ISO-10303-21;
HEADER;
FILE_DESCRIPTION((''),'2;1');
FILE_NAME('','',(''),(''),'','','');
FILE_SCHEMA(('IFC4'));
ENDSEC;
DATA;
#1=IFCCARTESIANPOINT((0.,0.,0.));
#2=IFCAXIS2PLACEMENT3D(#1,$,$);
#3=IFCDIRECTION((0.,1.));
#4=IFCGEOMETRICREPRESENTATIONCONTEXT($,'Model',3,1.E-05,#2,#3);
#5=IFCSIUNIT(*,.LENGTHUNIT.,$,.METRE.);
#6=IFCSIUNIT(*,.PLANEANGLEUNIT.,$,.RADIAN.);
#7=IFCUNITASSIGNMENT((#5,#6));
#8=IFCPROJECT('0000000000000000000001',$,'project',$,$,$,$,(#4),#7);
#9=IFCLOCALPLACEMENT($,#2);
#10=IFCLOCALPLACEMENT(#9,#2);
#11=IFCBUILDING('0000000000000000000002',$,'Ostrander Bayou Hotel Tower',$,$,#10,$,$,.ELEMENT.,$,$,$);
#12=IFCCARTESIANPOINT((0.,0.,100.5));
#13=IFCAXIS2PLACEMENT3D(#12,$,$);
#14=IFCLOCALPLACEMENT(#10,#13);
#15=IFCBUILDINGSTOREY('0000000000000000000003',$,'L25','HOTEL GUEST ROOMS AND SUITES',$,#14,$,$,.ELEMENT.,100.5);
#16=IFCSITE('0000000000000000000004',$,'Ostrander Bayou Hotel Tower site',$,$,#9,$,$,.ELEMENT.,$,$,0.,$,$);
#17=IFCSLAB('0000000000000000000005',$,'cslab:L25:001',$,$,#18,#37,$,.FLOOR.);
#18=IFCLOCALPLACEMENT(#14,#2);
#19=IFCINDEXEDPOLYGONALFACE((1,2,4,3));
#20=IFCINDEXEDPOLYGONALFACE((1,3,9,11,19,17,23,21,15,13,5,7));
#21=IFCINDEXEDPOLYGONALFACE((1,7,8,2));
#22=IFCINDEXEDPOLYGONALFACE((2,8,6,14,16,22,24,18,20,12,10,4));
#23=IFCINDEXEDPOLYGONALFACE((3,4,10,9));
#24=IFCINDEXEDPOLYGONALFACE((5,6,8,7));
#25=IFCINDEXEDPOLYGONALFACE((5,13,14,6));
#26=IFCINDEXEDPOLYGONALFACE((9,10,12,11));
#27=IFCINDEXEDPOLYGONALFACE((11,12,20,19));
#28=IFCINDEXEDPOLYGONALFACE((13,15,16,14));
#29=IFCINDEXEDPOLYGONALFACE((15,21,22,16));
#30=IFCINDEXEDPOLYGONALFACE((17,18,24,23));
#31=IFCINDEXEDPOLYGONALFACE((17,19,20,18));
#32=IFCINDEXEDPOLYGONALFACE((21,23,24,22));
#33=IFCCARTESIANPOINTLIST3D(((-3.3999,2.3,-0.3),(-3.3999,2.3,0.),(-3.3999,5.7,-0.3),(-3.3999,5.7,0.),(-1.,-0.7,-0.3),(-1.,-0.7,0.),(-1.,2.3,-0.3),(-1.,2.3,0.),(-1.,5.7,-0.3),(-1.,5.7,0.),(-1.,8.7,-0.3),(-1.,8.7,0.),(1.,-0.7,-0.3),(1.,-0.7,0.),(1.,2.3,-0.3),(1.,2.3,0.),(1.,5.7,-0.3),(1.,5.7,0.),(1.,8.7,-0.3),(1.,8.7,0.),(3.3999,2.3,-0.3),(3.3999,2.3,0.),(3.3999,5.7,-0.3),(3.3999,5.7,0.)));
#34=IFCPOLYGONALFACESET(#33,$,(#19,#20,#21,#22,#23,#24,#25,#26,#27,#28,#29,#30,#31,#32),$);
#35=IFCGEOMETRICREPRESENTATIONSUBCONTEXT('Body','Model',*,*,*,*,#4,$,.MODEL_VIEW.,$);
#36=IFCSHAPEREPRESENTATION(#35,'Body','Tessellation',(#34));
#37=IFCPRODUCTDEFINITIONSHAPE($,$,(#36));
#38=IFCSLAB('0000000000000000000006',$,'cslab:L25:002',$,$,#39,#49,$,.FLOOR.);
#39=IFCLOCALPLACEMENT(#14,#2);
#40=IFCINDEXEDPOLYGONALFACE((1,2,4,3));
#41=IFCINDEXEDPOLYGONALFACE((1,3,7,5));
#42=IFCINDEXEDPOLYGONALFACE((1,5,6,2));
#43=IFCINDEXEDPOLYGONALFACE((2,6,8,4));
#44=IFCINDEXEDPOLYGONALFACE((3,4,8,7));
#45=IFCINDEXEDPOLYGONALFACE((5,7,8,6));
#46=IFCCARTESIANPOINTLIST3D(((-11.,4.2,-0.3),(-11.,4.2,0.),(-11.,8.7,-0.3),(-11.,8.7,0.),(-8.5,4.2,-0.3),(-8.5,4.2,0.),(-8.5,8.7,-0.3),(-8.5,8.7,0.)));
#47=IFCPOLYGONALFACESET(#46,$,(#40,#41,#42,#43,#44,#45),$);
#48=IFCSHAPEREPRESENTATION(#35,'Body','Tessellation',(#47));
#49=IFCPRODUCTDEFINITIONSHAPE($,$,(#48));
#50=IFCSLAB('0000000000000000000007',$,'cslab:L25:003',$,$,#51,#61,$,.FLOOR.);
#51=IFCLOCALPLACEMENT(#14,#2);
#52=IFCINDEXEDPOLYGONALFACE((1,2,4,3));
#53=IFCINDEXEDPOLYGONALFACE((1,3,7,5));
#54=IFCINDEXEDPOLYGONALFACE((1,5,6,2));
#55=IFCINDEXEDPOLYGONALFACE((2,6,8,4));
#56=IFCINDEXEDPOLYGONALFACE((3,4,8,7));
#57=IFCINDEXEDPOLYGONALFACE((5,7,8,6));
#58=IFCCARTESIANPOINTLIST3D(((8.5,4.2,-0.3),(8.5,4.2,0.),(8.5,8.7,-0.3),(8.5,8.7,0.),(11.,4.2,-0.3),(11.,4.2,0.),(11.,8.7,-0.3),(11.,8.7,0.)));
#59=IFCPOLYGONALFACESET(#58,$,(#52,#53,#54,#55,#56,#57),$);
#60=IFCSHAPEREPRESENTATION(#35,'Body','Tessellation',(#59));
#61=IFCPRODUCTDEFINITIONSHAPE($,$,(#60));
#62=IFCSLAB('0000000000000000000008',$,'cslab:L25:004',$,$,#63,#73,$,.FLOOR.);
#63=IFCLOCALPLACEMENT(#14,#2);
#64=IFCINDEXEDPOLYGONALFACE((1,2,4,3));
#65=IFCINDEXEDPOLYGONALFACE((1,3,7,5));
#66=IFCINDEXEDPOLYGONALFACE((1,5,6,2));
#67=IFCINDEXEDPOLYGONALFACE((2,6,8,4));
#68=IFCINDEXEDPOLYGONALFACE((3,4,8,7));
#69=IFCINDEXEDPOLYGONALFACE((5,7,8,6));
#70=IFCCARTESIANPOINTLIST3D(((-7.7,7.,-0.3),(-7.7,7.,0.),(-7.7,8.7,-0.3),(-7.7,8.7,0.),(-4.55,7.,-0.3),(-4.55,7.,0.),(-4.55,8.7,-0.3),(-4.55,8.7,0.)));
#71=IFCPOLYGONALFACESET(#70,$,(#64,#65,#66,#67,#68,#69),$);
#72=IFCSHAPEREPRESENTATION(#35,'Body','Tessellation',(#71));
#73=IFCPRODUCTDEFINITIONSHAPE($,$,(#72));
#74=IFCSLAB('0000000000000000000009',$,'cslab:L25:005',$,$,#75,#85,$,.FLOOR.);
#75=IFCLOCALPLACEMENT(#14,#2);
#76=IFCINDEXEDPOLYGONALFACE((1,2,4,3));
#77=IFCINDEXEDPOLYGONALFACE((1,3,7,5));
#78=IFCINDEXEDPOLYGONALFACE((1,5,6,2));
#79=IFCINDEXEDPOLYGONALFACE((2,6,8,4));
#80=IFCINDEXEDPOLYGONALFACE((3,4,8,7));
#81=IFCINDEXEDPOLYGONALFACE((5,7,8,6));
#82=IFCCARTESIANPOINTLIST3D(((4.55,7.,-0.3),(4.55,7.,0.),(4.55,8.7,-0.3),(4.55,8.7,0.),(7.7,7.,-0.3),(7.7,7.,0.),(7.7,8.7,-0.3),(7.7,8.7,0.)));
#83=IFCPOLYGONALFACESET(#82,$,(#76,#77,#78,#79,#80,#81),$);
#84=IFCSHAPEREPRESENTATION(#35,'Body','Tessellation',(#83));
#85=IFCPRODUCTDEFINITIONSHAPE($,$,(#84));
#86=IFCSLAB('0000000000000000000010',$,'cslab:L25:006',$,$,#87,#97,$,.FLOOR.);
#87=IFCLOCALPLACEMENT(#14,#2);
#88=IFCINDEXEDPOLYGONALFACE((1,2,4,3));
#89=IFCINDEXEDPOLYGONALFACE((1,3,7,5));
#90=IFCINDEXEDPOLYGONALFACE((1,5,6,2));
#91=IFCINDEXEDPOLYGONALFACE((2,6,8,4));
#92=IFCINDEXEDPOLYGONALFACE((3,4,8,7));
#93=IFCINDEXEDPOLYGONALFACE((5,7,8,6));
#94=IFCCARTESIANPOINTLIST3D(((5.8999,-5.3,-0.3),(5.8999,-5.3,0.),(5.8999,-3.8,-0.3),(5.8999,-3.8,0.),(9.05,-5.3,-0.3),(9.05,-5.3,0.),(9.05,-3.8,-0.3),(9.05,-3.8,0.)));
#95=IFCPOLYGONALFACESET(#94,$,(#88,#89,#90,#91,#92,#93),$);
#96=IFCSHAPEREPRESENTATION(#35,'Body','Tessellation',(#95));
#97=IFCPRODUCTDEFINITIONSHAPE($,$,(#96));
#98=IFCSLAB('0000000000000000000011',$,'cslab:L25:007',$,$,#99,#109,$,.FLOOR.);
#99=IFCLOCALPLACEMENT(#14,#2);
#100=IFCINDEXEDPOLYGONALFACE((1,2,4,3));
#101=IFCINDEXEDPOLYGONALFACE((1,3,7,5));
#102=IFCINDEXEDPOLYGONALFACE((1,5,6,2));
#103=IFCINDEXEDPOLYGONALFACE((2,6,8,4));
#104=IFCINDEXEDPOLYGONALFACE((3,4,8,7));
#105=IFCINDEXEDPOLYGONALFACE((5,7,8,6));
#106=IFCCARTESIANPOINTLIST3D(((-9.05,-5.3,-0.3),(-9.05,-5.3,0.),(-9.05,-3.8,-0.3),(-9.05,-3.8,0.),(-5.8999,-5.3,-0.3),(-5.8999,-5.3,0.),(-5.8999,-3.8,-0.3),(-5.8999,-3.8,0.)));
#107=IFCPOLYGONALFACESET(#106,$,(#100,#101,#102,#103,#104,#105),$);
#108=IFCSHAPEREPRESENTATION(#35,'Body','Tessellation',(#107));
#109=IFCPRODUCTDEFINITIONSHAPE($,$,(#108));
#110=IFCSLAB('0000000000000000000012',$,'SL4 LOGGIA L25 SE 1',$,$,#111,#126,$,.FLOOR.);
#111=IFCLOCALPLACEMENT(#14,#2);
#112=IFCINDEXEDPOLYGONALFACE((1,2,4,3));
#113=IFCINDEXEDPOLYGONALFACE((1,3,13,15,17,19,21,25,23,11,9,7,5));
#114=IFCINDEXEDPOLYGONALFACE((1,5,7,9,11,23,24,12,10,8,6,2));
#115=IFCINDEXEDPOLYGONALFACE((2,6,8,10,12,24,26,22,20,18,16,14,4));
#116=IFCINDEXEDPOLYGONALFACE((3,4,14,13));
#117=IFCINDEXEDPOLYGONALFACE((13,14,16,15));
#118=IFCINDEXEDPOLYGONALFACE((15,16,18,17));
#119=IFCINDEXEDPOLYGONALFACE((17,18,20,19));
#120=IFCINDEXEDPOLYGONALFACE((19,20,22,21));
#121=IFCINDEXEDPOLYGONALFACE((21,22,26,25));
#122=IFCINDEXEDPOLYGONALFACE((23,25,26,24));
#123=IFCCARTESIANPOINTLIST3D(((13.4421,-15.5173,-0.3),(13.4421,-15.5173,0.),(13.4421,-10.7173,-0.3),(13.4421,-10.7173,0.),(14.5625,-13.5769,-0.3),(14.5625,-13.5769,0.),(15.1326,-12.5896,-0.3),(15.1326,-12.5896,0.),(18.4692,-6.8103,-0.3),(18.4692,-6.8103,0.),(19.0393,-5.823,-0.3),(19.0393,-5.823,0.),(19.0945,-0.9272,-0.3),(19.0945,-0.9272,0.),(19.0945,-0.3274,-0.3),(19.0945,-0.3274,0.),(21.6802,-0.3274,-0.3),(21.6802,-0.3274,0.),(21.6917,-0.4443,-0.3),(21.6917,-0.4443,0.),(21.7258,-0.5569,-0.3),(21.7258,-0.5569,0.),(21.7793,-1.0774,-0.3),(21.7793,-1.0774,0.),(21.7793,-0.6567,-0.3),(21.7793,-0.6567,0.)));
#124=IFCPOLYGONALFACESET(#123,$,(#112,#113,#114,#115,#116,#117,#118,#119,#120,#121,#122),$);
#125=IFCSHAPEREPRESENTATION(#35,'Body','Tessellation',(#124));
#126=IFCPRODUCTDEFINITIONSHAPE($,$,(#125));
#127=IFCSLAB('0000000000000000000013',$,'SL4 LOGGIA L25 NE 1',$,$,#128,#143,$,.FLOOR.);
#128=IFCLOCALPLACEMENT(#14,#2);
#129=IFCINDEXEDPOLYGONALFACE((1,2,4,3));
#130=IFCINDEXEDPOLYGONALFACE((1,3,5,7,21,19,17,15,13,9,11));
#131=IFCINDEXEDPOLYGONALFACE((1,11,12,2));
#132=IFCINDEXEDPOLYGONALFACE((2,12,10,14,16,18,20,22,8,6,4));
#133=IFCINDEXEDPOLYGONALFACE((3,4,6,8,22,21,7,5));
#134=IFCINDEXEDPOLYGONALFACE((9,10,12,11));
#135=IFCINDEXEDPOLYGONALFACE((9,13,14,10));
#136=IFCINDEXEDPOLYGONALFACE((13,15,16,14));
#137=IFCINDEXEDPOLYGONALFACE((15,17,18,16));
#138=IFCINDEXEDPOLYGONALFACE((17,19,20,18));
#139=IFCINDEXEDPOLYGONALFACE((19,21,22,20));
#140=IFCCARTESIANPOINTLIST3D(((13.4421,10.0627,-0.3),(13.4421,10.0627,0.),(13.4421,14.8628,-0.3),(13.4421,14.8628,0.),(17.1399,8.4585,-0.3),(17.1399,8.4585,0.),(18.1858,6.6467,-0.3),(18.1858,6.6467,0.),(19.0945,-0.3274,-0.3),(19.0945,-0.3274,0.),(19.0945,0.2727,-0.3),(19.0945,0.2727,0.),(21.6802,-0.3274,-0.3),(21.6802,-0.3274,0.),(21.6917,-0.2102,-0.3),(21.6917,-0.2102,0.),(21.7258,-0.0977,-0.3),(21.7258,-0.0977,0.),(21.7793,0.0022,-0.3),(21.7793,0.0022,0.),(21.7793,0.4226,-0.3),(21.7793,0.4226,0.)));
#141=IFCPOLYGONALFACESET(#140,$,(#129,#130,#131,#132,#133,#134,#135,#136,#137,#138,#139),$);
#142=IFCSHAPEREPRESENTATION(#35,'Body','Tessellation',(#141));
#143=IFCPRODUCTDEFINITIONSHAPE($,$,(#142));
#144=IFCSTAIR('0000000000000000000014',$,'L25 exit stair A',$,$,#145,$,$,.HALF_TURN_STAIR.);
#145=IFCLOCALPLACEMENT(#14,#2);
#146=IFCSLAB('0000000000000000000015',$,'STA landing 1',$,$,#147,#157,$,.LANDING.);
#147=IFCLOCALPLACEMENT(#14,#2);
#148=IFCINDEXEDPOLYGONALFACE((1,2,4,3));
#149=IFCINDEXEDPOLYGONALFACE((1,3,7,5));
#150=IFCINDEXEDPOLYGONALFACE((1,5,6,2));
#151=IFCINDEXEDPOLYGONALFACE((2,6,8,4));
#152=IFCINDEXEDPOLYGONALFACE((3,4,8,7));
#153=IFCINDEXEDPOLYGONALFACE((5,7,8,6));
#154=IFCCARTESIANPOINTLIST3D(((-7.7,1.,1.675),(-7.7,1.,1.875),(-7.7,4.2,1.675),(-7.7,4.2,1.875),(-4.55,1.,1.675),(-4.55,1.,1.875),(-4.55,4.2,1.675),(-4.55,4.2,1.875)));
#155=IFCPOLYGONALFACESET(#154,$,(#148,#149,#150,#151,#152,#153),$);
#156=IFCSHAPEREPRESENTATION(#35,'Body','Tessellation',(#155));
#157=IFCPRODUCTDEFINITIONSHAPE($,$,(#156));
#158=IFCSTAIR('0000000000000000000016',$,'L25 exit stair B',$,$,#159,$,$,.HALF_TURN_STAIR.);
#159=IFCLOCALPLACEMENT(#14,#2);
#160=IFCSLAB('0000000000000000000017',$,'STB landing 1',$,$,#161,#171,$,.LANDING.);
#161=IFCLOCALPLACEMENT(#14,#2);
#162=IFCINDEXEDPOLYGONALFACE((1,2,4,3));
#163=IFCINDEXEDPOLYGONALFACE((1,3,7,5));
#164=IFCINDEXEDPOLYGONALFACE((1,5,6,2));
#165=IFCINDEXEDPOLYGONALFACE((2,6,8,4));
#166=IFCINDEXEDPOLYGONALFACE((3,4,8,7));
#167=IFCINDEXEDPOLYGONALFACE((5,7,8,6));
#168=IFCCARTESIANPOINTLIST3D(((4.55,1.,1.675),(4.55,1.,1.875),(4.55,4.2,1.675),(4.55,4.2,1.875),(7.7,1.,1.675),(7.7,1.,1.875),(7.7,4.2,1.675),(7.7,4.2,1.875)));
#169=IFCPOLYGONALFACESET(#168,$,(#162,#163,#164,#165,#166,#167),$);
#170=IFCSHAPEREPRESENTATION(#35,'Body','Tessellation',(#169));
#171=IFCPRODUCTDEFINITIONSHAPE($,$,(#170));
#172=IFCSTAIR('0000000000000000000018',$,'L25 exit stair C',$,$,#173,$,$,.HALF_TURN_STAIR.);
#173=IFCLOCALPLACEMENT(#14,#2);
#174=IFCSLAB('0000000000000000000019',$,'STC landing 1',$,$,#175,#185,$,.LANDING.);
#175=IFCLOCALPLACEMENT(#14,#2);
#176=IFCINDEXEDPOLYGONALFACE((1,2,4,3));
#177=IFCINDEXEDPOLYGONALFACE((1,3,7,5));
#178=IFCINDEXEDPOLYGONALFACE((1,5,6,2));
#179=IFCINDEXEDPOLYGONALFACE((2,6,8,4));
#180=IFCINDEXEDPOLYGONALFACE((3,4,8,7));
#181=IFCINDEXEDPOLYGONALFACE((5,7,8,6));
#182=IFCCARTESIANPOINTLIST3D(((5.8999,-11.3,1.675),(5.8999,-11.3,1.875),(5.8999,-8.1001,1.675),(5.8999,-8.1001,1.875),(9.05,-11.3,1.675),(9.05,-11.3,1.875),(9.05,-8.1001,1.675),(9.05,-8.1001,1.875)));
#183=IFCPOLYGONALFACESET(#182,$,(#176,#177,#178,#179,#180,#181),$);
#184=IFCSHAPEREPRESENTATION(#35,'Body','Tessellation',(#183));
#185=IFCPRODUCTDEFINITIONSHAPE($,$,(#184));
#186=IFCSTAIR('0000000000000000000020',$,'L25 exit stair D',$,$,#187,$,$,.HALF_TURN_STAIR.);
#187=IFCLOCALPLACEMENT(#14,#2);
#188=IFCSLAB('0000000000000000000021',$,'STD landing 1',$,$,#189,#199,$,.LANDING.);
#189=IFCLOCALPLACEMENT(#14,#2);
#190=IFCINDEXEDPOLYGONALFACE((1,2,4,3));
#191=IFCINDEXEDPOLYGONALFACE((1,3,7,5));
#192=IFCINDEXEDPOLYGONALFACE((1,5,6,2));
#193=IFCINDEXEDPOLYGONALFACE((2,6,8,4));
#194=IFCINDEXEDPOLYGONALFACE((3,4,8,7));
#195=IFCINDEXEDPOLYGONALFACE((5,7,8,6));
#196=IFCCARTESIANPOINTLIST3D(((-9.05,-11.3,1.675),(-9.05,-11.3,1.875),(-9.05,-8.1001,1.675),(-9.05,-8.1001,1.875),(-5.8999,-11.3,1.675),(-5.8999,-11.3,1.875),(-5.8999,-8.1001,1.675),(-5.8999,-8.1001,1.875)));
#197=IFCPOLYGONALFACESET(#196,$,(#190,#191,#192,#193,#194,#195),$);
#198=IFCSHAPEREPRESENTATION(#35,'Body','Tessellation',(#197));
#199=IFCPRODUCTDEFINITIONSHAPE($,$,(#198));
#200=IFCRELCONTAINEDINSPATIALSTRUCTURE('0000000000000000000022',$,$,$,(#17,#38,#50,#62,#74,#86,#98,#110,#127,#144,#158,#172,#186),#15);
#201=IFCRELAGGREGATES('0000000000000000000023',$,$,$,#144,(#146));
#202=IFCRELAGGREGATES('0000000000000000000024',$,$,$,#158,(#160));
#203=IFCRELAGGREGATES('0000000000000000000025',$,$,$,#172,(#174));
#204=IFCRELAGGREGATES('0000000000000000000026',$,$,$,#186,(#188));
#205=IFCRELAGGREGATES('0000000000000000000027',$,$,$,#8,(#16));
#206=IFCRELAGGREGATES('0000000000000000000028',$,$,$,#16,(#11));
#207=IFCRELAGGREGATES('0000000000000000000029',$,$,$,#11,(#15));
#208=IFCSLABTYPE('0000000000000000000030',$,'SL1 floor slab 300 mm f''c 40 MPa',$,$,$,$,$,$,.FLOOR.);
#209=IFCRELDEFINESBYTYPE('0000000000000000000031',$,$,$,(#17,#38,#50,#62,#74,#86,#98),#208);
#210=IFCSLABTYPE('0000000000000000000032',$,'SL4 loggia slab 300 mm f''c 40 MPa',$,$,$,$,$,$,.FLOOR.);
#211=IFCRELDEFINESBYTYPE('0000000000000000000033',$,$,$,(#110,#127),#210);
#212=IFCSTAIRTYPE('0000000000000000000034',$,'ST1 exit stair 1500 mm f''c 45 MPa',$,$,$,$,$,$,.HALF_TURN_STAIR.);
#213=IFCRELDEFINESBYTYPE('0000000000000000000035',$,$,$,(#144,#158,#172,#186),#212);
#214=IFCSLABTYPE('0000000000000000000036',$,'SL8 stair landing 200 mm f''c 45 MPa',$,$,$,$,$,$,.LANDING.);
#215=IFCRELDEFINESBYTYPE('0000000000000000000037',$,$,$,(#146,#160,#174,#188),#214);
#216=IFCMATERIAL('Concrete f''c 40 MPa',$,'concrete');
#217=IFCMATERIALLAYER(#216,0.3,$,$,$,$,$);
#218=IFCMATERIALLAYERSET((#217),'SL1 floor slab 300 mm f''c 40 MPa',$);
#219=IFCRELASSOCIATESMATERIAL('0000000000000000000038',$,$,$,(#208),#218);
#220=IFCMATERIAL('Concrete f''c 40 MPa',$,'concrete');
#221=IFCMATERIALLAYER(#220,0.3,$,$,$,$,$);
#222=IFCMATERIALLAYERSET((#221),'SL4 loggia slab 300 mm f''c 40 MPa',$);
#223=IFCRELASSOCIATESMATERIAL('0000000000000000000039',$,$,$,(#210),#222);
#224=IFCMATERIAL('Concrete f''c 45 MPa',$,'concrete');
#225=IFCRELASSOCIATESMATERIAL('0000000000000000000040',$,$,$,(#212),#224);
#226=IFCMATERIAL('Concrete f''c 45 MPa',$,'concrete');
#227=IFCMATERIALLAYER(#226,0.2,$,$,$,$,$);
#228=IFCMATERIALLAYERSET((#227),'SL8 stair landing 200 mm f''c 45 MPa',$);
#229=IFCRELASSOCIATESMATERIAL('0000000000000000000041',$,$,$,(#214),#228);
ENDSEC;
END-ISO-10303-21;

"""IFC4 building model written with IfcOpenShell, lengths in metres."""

from ifc_helpers import new_model, si_unit, direction, frame, origin, place, context, subcontext, project, spatial, polyline, outline, extrude, material, layer, layer_set, type_object, element, aggregate, save


model = new_model("IFC4")

# Units and contexts
model_context = context("Model", 3, precision=1e-05, world=origin(), true_north=direction((0.0, 1.0)))
body_context = subcontext(model_context, "Body", "Model", "MODEL_VIEW")
ifc_project = project(units=[si_unit("LENGTHUNIT", "METRE"), si_unit("PLANEANGLEUNIT", "RADIAN")], contexts=[model_context])

# Site, building, storey
site_placement = place(None, origin())
site = spatial("IfcSite", under=ifc_project, at=site_placement, Name="Ostrander Bayou Hotel Tower site", CompositionType="ELEMENT", RefElevation=0.0)
building_placement = place(site_placement, origin())
building = spatial("IfcBuilding", under=site, at=building_placement, Name="Ostrander Bayou Hotel Tower", CompositionType="ELEMENT")
storey_placement = place(building_placement, frame((0.0, 0.0, 100.5)))
storey = spatial("IfcBuildingStorey", under=building, at=storey_placement, Name="L25", Description="HOTEL GUEST ROOMS AND SUITES", CompositionType="ELEMENT", Elevation=100.5)

# Slabs
ifc_material_1 = material(Name="Concrete f'c 40 MPa", Category="concrete")
ifc_layer_1 = layer(ifc_material_1, 0.3)
ifc_layer_set_1 = layer_set([ifc_layer_1], Name="SL1 floor slab 300 mm f'c 40 MPa")
slab_type_1 = type_object("IfcSlabType", Name="SL1 floor slab 300 mm f'c 40 MPa", PredefinedType="FLOOR", material=ifc_layer_set_1)
slab_1_placement = place(storey_placement, frame((0.0, 0.0, -0.3)))
element("IfcSlab", 1, at=slab_1_placement, inside=storey, type_object=slab_type_1, Name="cslab:L25:001", PredefinedType="FLOOR", context=body_context, shape_type="SweptSolid", body=[
    extrude(outline(polyline([(-3.3999, 5.7), (-1.0, 5.7), (-1.0, 8.7), (1.0, 8.7), (1.0, 5.7), (3.3999, 5.7), (3.3999, 2.3), (1.0, 2.3), (1.0, -0.7), (-1.0, -0.7), (-1.0, 2.3), (-3.3999, 2.3), (-3.3999, 5.7)])), origin(), (0.0, 0.0, 1.0), 0.3),
])
slab_2_placement = place(storey_placement, frame((0.0, 0.0, -0.3)))
element("IfcSlab", 2, at=slab_2_placement, inside=storey, type_object=slab_type_1, Name="cslab:L25:002", PredefinedType="FLOOR", context=body_context, shape_type="SweptSolid", body=[
    extrude(outline(polyline([(-8.5, 4.2), (-8.5, 8.7), (-11.0, 8.7), (-11.0, 4.2), (-8.5, 4.2)])), origin(), (0.0, 0.0, 1.0), 0.3),
])
slab_3_placement = place(storey_placement, frame((0.0, 0.0, -0.3)))
element("IfcSlab", 3, at=slab_3_placement, inside=storey, type_object=slab_type_1, Name="cslab:L25:003", PredefinedType="FLOOR", context=body_context, shape_type="SweptSolid", body=[
    extrude(outline(polyline([(11.0, 4.2), (11.0, 8.7), (8.5, 8.7), (8.5, 4.2), (11.0, 4.2)])), origin(), (0.0, 0.0, 1.0), 0.3),
])
slab_4_placement = place(storey_placement, frame((0.0, 0.0, -0.3)))
element("IfcSlab", 4, at=slab_4_placement, inside=storey, type_object=slab_type_1, Name="cslab:L25:004", PredefinedType="FLOOR", context=body_context, shape_type="SweptSolid", body=[
    extrude(outline(polyline([(-4.55, 7.0), (-4.55, 8.7), (-7.7, 8.7), (-7.7, 7.0), (-4.55, 7.0)])), origin(), (0.0, 0.0, 1.0), 0.3),
])
slab_5_placement = place(storey_placement, frame((0.0, 0.0, -0.3)))
element("IfcSlab", 5, at=slab_5_placement, inside=storey, type_object=slab_type_1, Name="cslab:L25:005", PredefinedType="FLOOR", context=body_context, shape_type="SweptSolid", body=[
    extrude(outline(polyline([(7.7, 7.0), (7.7, 8.7), (4.55, 8.7), (4.55, 7.0), (7.7, 7.0)])), origin(), (0.0, 0.0, 1.0), 0.3),
])
slab_6_placement = place(storey_placement, frame((0.0, 0.0, -0.3)))
element("IfcSlab", 6, at=slab_6_placement, inside=storey, type_object=slab_type_1, Name="cslab:L25:006", PredefinedType="FLOOR", context=body_context, shape_type="SweptSolid", body=[
    extrude(outline(polyline([(9.05, -5.3), (9.05, -3.8), (5.8999, -3.8), (5.8999, -5.3), (9.05, -5.3)])), origin(), (0.0, 0.0, 1.0), 0.3),
])
slab_7_placement = place(storey_placement, frame((0.0, 0.0, -0.3)))
element("IfcSlab", 7, at=slab_7_placement, inside=storey, type_object=slab_type_1, Name="cslab:L25:007", PredefinedType="FLOOR", context=body_context, shape_type="SweptSolid", body=[
    extrude(outline(polyline([(-5.8999, -5.3), (-5.8999, -3.8), (-9.05, -3.8), (-9.05, -5.3), (-5.8999, -5.3)])), origin(), (0.0, 0.0, 1.0), 0.3),
])
ifc_material_2 = material(Name="Concrete f'c 40 MPa", Category="concrete")
ifc_layer_2 = layer(ifc_material_2, 0.3)
ifc_layer_set_2 = layer_set([ifc_layer_2], Name="SL4 loggia slab 300 mm f'c 40 MPa")
slab_type_2 = type_object("IfcSlabType", Name="SL4 loggia slab 300 mm f'c 40 MPa", PredefinedType="FLOOR", material=ifc_layer_set_2)
slab_8_placement = place(storey_placement, frame((0.0, 0.0, -0.3)))
element("IfcSlab", 8, at=slab_8_placement, inside=storey, type_object=slab_type_2, Name="SL4 LOGGIA L25 SE 1", PredefinedType="FLOOR", context=body_context, shape_type="SweptSolid", body=[
    extrude(outline(polyline([(15.1326, -12.5896), (14.5625, -13.5769), (13.4421, -15.5173), (13.4421, -10.7173), (19.0945, -0.9272), (19.0945, -0.3274), (21.6802, -0.3274), (21.6917, -0.4443), (21.7258, -0.5569), (21.7793, -0.6567), (21.7793, -1.0774), (19.0393, -5.823), (18.4692, -6.8103), (15.1326, -12.5896)])), origin(), (0.0, 0.0, 1.0), 0.3),
])
slab_9_placement = place(storey_placement, frame((0.0, 0.0, -0.3)))
element("IfcSlab", 9, at=slab_9_placement, inside=storey, type_object=slab_type_2, Name="SL4 LOGGIA L25 NE 1", PredefinedType="FLOOR", context=body_context, shape_type="SweptSolid", body=[
    extrude(outline(polyline([(13.4421, 14.8628), (17.1399, 8.4585), (18.1858, 6.6467), (21.7793, 0.4226), (21.7793, 0.0022), (21.7258, -0.0977), (21.6917, -0.2102), (21.6802, -0.3274), (19.0945, -0.3274), (19.0945, 0.2727), (13.4421, 10.0627), (13.4421, 14.8628)])), origin(), (0.0, 0.0, 1.0), 0.3),
])

# Stairs, slabs
ifc_material_3 = material(Name="Concrete f'c 45 MPa", Category="concrete")
stair_type = type_object("IfcStairType", Name="ST1 exit stair 1500 mm f'c 45 MPa", PredefinedType="HALF_TURN_STAIR", material=ifc_material_3)
stair_1_placement = place(storey_placement, origin())
stair_1 = element("IfcStair", 10, at=stair_1_placement, inside=storey, type_object=stair_type, Name="L25 exit stair A", PredefinedType="HALF_TURN_STAIR")
ifc_material_4 = material(Name="Concrete f'c 45 MPa", Category="concrete")
ifc_layer_3 = layer(ifc_material_4, 0.2)
ifc_layer_set_3 = layer_set([ifc_layer_3], Name="SL8 stair landing 200 mm f'c 45 MPa")
slab_type_3 = type_object("IfcSlabType", Name="SL8 stair landing 200 mm f'c 45 MPa", PredefinedType="LANDING", material=ifc_layer_set_3)
slab_10_placement = place(storey_placement, frame((0.0, 0.0, 1.675)))
slab_10 = element("IfcSlab", 11, at=slab_10_placement, type_object=slab_type_3, Name="STA landing 1", PredefinedType="LANDING", context=body_context, shape_type="SweptSolid", body=[
    extrude(outline(polyline([(-7.7, 4.2), (-7.7, 1.0), (-4.55, 1.0), (-4.55, 4.2), (-7.7, 4.2)])), origin(), (0.0, 0.0, 1.0), 0.2),
])
aggregate(stair_1, [slab_10])
stair_2_placement = place(storey_placement, origin())
stair_2 = element("IfcStair", 12, at=stair_2_placement, inside=storey, type_object=stair_type, Name="L25 exit stair B", PredefinedType="HALF_TURN_STAIR")
slab_11_placement = place(storey_placement, frame((0.0, 0.0, 1.675)))
slab_11 = element("IfcSlab", 13, at=slab_11_placement, type_object=slab_type_3, Name="STB landing 1", PredefinedType="LANDING", context=body_context, shape_type="SweptSolid", body=[
    extrude(outline(polyline([(4.55, 4.2), (4.55, 1.0), (7.7, 1.0), (7.7, 4.2), (4.55, 4.2)])), origin(), (0.0, 0.0, 1.0), 0.2),
])
aggregate(stair_2, [slab_11])
stair_3_placement = place(storey_placement, origin())
stair_3 = element("IfcStair", 14, at=stair_3_placement, inside=storey, type_object=stair_type, Name="L25 exit stair C", PredefinedType="HALF_TURN_STAIR")
slab_12_placement = place(storey_placement, frame((0.0, 0.0, 1.675)))
slab_12 = element("IfcSlab", 15, at=slab_12_placement, type_object=slab_type_3, Name="STC landing 1", PredefinedType="LANDING", context=body_context, shape_type="SweptSolid", body=[
    extrude(outline(polyline([(5.8999, -8.1001), (5.8999, -11.3), (9.05, -11.3), (9.05, -8.1001), (5.8999, -8.1001)])), origin(), (0.0, 0.0, 1.0), 0.2),
])
aggregate(stair_3, [slab_12])
stair_4_placement = place(storey_placement, origin())
stair_4 = element("IfcStair", 16, at=stair_4_placement, inside=storey, type_object=stair_type, Name="L25 exit stair D", PredefinedType="HALF_TURN_STAIR")
slab_13_placement = place(storey_placement, frame((0.0, 0.0, 1.675)))
slab_13 = element("IfcSlab", 17, at=slab_13_placement, type_object=slab_type_3, Name="STD landing 1", PredefinedType="LANDING", context=body_context, shape_type="SweptSolid", body=[
    extrude(outline(polyline([(-9.05, -8.1001), (-9.05, -11.3), (-5.8999, -11.3), (-5.8999, -8.1001), (-9.05, -8.1001)])), origin(), (0.0, 0.0, 1.0), 0.2),
])
aggregate(stair_4, [slab_13])

save(model, "model.ifc")
